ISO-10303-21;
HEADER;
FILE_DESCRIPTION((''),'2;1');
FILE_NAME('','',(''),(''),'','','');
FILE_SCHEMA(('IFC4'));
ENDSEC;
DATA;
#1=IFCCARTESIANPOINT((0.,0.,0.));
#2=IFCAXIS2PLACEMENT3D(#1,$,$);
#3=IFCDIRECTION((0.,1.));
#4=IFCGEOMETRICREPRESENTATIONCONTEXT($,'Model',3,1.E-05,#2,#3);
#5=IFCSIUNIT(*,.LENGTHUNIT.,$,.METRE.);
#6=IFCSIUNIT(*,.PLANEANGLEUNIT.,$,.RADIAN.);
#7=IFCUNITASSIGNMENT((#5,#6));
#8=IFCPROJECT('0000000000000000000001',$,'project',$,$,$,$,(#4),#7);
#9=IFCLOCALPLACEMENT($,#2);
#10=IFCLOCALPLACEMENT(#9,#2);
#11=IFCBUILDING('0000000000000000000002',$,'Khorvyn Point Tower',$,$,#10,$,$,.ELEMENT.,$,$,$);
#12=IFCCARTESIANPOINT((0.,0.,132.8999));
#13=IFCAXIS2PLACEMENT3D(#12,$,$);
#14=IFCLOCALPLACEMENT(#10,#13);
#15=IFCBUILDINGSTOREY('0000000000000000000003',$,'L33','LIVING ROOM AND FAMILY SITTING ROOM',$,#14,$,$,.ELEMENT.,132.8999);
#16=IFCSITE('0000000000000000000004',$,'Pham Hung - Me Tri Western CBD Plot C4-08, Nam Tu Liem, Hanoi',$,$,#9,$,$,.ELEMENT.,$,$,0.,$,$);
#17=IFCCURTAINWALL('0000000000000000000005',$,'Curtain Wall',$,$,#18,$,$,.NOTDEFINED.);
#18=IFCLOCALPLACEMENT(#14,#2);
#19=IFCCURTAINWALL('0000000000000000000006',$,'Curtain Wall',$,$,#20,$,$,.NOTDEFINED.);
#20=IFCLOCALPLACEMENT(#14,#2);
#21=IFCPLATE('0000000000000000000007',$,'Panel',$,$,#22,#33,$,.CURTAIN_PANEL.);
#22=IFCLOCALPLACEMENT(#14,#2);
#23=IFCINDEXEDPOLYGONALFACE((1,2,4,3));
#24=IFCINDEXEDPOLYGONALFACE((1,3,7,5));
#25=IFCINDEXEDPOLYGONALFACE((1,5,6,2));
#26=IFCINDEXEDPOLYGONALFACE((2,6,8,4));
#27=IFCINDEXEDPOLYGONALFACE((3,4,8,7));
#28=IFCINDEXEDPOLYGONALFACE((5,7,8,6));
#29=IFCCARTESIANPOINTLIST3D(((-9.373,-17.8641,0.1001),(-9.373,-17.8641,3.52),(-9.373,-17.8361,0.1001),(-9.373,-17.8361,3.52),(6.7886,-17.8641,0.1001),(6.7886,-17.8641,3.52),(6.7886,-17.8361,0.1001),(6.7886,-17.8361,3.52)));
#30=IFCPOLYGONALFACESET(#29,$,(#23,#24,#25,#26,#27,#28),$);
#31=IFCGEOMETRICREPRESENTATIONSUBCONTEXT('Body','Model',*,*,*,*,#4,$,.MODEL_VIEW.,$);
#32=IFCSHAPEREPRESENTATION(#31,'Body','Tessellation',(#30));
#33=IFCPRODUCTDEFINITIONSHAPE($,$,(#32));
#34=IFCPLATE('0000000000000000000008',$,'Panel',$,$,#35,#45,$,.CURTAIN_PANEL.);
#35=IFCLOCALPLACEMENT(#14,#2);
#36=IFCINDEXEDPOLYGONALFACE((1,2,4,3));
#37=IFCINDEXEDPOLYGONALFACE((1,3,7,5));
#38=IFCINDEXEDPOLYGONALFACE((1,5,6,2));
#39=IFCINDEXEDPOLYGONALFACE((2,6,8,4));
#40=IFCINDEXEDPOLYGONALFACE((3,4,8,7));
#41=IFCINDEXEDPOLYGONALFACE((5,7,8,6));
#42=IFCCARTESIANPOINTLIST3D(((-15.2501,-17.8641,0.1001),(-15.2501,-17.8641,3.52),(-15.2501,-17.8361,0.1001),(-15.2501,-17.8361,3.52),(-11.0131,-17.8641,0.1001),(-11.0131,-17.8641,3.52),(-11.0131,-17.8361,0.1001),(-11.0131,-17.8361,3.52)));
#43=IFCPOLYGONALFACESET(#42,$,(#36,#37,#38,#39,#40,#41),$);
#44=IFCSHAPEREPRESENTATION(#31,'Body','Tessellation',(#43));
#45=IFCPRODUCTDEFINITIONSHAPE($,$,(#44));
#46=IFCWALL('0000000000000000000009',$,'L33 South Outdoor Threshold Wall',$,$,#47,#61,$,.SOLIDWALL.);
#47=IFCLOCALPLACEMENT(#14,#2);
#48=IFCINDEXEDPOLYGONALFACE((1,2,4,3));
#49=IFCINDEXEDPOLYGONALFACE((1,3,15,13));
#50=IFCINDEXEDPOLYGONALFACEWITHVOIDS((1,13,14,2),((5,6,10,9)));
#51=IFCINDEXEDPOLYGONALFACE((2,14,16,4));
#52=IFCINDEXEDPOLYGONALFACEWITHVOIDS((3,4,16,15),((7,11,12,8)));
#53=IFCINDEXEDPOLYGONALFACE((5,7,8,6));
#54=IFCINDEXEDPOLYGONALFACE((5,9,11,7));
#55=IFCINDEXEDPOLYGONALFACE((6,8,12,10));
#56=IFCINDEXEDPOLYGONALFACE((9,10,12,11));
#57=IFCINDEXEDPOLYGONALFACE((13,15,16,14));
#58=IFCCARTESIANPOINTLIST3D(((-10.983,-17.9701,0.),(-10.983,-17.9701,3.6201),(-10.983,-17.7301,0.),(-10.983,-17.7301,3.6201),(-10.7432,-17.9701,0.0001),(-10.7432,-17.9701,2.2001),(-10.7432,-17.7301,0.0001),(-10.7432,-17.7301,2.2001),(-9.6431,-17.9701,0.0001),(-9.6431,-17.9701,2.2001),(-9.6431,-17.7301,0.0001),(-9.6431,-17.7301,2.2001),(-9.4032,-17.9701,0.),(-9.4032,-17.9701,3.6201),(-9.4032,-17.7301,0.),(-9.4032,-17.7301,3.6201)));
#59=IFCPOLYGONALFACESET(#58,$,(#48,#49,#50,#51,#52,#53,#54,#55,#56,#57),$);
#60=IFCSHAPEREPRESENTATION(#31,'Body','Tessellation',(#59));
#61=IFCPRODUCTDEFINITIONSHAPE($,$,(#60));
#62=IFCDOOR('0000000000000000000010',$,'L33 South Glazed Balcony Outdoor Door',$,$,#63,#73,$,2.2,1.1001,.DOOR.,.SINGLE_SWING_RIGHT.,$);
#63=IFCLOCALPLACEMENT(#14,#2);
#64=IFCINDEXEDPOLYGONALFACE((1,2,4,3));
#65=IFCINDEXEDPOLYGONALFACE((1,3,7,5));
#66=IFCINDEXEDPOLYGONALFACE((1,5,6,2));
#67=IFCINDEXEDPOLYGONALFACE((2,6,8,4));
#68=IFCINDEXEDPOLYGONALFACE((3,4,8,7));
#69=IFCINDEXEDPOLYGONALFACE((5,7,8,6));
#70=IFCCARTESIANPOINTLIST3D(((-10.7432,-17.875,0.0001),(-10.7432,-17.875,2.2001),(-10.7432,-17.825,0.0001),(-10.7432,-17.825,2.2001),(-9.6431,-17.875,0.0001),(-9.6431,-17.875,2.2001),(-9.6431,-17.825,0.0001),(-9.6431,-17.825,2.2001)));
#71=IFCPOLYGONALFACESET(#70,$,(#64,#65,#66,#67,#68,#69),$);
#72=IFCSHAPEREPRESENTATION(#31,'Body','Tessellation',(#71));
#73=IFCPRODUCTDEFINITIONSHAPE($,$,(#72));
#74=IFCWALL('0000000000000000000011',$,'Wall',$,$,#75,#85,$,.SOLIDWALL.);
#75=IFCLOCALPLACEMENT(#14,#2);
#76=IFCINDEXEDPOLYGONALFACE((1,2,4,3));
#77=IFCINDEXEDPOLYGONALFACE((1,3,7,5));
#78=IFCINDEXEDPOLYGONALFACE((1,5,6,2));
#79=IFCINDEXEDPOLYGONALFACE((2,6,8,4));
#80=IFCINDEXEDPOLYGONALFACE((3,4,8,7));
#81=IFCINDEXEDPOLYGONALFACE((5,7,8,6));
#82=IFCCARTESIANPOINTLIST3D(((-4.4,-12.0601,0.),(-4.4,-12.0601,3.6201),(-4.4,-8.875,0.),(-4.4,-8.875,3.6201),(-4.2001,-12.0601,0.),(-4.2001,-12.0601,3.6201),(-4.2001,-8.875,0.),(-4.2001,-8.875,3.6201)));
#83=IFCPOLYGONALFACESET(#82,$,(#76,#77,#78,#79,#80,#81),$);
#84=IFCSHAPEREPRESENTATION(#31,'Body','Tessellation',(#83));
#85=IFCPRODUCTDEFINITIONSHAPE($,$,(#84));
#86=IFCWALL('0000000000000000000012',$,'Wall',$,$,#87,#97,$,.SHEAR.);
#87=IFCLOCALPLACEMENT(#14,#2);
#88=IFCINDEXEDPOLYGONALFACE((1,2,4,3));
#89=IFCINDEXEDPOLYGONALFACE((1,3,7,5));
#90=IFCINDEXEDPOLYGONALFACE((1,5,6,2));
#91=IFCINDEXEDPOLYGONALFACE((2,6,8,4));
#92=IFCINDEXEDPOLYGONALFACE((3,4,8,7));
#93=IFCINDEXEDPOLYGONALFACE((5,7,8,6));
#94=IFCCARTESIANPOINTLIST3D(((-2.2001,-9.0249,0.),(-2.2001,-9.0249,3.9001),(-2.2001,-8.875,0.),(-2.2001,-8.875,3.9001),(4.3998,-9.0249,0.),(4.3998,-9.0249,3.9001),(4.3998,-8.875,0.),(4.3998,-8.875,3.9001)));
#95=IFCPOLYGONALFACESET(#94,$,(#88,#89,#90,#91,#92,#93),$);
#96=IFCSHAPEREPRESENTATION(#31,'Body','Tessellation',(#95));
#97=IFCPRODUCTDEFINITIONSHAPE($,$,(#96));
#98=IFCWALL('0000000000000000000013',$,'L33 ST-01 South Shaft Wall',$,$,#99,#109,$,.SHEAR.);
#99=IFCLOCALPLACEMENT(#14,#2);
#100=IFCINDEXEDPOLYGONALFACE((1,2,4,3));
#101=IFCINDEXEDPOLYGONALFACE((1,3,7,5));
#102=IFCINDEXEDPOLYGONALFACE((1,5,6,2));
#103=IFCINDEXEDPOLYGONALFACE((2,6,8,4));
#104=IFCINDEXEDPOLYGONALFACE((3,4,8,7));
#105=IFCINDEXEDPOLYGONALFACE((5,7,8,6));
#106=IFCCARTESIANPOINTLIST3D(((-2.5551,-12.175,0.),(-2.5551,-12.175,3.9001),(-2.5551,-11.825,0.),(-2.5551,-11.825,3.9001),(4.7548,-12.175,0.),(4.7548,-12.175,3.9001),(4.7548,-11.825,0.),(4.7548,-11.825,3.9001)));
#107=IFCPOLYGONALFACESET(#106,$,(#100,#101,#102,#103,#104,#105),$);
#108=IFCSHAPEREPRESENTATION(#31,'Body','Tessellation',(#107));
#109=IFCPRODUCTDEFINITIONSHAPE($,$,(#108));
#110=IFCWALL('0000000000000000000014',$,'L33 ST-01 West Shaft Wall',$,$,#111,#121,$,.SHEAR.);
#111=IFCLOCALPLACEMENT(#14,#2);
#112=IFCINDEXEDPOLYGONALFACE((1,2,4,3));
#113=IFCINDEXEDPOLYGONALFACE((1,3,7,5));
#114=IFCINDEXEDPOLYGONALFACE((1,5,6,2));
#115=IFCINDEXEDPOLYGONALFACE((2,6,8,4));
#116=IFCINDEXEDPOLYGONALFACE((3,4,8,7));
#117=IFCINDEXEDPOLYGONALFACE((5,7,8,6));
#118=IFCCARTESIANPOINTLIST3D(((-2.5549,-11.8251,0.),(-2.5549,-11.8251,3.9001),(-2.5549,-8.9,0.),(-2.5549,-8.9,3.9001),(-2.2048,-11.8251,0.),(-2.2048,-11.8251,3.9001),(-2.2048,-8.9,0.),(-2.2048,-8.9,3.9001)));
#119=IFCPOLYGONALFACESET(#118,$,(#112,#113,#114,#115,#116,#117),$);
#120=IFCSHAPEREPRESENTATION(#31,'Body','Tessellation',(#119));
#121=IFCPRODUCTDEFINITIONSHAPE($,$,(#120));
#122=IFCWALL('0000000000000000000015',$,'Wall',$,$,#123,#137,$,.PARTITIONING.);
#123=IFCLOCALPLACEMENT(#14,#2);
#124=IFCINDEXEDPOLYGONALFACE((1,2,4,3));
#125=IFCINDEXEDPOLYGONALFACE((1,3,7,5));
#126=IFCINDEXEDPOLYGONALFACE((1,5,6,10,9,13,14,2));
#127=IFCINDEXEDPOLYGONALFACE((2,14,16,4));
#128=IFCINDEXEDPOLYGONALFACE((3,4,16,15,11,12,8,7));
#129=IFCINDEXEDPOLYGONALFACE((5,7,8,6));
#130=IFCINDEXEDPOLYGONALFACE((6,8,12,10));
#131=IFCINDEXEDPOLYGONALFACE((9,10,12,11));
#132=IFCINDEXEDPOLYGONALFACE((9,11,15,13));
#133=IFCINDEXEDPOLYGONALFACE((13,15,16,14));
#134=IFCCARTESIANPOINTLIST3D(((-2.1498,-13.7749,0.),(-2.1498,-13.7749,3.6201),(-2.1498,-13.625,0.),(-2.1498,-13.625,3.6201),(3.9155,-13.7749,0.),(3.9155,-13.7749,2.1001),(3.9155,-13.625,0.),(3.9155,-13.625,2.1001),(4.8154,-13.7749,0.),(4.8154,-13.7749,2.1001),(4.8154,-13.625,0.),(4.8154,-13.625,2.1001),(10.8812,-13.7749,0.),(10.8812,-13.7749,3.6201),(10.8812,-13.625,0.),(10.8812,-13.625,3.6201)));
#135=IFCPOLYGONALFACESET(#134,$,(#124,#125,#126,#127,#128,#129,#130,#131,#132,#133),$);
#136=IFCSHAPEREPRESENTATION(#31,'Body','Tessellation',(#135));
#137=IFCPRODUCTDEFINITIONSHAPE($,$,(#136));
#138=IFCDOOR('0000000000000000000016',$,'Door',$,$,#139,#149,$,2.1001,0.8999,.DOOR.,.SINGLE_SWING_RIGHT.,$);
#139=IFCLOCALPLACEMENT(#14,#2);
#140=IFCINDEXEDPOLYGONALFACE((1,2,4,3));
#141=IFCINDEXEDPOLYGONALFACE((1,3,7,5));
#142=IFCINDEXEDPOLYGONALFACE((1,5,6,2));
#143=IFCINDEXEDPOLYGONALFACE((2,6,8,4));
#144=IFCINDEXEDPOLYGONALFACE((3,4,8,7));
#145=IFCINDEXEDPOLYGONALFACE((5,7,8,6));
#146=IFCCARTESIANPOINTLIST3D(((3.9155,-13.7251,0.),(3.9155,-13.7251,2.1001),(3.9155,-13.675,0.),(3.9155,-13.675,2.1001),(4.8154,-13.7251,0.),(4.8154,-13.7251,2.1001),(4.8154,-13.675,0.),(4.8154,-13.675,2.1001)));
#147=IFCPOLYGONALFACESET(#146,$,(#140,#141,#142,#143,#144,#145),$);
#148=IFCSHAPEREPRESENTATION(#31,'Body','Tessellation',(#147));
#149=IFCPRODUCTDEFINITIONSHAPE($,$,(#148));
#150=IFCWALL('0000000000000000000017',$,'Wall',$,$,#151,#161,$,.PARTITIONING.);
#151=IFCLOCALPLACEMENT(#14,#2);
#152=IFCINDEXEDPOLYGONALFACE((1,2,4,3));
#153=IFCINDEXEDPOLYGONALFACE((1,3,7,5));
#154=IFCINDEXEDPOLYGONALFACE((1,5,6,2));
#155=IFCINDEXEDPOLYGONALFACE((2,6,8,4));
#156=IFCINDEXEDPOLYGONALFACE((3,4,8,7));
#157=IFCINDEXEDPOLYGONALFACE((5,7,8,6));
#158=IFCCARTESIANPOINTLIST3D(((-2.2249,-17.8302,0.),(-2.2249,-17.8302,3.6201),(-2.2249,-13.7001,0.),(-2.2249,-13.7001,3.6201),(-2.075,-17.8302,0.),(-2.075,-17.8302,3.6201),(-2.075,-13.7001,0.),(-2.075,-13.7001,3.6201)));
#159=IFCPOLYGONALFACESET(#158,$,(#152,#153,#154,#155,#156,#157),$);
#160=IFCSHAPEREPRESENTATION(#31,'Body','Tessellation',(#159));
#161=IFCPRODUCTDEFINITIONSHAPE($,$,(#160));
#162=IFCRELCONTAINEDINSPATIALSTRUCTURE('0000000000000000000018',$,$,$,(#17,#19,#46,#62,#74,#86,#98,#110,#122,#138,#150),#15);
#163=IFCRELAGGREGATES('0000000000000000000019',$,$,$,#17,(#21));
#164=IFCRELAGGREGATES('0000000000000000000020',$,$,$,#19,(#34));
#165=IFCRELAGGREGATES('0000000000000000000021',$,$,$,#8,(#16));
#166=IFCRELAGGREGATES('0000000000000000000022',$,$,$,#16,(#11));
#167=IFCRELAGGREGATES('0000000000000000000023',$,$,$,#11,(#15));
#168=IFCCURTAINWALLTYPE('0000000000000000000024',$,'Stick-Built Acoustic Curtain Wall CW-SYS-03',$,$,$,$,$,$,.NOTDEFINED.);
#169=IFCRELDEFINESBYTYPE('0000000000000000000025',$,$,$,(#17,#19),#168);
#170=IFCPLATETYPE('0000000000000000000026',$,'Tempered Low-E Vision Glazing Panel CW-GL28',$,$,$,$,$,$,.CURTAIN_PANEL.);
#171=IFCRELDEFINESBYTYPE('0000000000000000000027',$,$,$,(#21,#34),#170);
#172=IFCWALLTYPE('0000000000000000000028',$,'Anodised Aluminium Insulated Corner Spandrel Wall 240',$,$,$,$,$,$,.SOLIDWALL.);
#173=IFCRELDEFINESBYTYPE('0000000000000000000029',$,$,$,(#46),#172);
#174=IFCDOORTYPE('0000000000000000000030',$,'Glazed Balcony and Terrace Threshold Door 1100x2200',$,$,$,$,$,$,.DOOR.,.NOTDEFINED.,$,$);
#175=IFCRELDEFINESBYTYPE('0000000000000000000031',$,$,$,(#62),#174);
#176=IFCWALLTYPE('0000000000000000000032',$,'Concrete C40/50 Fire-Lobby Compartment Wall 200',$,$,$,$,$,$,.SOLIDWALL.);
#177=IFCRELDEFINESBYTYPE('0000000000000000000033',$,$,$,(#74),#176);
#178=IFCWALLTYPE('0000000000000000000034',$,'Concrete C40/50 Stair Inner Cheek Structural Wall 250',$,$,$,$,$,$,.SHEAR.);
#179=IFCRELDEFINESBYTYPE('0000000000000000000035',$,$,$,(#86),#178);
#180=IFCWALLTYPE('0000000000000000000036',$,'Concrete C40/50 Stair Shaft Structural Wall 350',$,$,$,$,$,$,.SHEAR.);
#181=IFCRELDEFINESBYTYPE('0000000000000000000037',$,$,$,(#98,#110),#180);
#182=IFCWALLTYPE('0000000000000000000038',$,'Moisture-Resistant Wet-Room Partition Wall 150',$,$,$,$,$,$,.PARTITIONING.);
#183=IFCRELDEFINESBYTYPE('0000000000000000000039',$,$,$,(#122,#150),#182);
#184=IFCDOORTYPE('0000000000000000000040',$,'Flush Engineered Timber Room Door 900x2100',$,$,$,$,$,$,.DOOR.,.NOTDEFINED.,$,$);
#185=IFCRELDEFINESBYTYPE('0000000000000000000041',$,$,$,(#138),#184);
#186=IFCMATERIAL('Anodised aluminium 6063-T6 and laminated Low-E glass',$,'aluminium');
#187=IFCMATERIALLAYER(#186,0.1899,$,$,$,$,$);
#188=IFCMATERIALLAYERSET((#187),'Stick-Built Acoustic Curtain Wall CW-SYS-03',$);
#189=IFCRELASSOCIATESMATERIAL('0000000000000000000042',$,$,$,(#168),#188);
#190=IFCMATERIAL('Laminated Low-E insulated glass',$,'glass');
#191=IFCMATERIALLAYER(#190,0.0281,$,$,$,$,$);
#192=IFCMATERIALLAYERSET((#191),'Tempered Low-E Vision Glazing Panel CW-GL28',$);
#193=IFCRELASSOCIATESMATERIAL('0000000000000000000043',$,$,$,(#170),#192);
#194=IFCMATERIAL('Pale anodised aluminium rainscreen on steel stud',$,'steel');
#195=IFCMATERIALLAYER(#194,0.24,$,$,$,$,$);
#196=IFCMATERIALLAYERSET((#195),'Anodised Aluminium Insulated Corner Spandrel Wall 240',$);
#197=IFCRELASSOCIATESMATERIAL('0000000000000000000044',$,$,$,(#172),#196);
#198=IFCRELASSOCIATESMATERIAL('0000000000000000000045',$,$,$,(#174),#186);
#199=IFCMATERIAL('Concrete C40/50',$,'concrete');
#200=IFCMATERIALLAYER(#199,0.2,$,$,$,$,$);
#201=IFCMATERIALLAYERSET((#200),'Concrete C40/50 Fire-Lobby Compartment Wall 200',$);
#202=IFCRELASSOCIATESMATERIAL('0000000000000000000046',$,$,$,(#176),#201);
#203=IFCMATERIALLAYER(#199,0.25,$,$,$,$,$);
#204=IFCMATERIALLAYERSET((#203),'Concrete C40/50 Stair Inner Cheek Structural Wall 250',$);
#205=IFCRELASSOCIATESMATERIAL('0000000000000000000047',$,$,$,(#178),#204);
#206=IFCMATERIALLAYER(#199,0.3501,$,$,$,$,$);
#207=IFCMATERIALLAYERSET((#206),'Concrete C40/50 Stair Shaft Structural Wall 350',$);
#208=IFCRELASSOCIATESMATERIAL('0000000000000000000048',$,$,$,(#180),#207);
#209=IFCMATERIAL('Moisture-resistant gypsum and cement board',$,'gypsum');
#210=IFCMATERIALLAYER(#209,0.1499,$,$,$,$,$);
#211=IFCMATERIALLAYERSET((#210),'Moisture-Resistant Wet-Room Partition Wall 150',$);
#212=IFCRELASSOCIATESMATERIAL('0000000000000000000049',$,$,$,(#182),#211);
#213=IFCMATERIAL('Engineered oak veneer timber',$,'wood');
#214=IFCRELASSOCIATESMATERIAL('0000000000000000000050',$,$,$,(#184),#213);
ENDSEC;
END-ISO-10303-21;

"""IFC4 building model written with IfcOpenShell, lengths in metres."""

from ifc_helpers import new_model, si_unit, direction, frame, frame_2d, origin, origin_2d, place, context, subcontext, project, spatial, rectangle, extrude, material, layer, layer_set, type_object, element, fill, aggregate, save


model = new_model("IFC4")

# Units and contexts
model_context = context("Model", 3, precision=1e-05, world=origin(), true_north=direction((0.0, 1.0)))
body_context = subcontext(model_context, "Body", "Model", "MODEL_VIEW")
ifc_project = project(units=[si_unit("LENGTHUNIT", "METRE"), si_unit("PLANEANGLEUNIT", "RADIAN")], contexts=[model_context])

# Site, building, storey
site_placement = place(None, origin())
site = spatial("IfcSite", under=ifc_project, at=site_placement, Name="Pham Hung - Me Tri Western CBD Plot C4-08, Nam Tu Liem, Hanoi", CompositionType="ELEMENT", RefElevation=0.0)
building_placement = place(site_placement, origin())
building = spatial("IfcBuilding", under=site, at=building_placement, Name="Khorvyn Point Tower", CompositionType="ELEMENT")
storey_placement = place(building_placement, frame((0.0, 0.0, 132.8999)))
storey = spatial("IfcBuildingStorey", under=building, at=storey_placement, Name="L33", Description="LIVING ROOM AND FAMILY SITTING ROOM", CompositionType="ELEMENT", Elevation=132.8999)

# Curtain wall
ifc_material_1 = material(Name="Anodised aluminium 6063-T6 and laminated Low-E glass", Category="aluminium")
ifc_layer_1 = layer(ifc_material_1, 0.1899)
ifc_layer_set_1 = layer_set([ifc_layer_1], Name="Stick-Built Acoustic Curtain Wall CW-SYS-03")
curtain_wall_type = type_object("IfcCurtainWallType", Name="Stick-Built Acoustic Curtain Wall CW-SYS-03", PredefinedType="NOTDEFINED", material=ifc_layer_set_1)
curtain_wall_1_placement = place(storey_placement, origin())
curtain_wall_1 = element("IfcCurtainWall", 1, at=curtain_wall_1_placement, inside=storey, type_object=curtain_wall_type, Name="Curtain Wall", PredefinedType="NOTDEFINED")

# Curtain wall
curtain_wall_2_placement = place(storey_placement, origin())
curtain_wall_2 = element("IfcCurtainWall", 2, at=curtain_wall_2_placement, inside=storey, type_object=curtain_wall_type, Name="Curtain Wall", PredefinedType="NOTDEFINED")

# Plates
ifc_material_2 = material(Name="Laminated Low-E insulated glass", Category="glass")
ifc_layer_2 = layer(ifc_material_2, 0.0281)
ifc_layer_set_2 = layer_set([ifc_layer_2], Name="Tempered Low-E Vision Glazing Panel CW-GL28")
plate_type = type_object("IfcPlateType", Name="Tempered Low-E Vision Glazing Panel CW-GL28", PredefinedType="CURTAIN_PANEL", material=ifc_layer_set_2)
plate_1_placement = place(storey_placement, frame((-1.2922, -17.8501, 0.1001), z_axis=(0.0, 0.0, 1.0), x_axis=(-1.0, 0.0, 0.0)))
plate_1 = element("IfcPlate", 3, at=plate_1_placement, type_object=plate_type, Name="Panel", PredefinedType="CURTAIN_PANEL", context=body_context, shape_type="SweptSolid", body=[
    extrude(rectangle(XDim=16.1616, YDim=0.0281, at=origin_2d()), origin(), (0.0, 0.0, 1.0), 3.4199),
])
aggregate(curtain_wall_1, [plate_1])
plate_2_placement = place(storey_placement, frame((-13.1316, -17.8501, 0.1001), z_axis=(0.0, 0.0, 1.0), x_axis=(-1.0, 0.0, 0.0)))
plate_2 = element("IfcPlate", 4, at=plate_2_placement, type_object=plate_type, Name="Panel", PredefinedType="CURTAIN_PANEL", context=body_context, shape_type="SweptSolid", body=[
    extrude(rectangle(XDim=4.2371, YDim=0.0281, at=origin_2d()), origin(), (0.0, 0.0, 1.0), 3.4199),
])
aggregate(curtain_wall_2, [plate_2])

# Wall, opening, door
ifc_material_3 = material(Name="Pale anodised aluminium rainscreen on steel stud", Category="steel")
ifc_layer_3 = layer(ifc_material_3, 0.24)
ifc_layer_set_3 = layer_set([ifc_layer_3], Name="Anodised Aluminium Insulated Corner Spandrel Wall 240")
wall_type_1 = type_object("IfcWallType", Name="Anodised Aluminium Insulated Corner Spandrel Wall 240", PredefinedType="SOLIDWALL", material=ifc_layer_set_3)
wall_1_placement = place(storey_placement, frame((-9.4031, -17.8501, 0.0), z_axis=(0.0, 0.0, 1.0), x_axis=(-1.0, 0.0, 0.0)))
wall_1 = element("IfcWall", 5, at=wall_1_placement, inside=storey, type_object=wall_type_1, Name="L33 South Outdoor Threshold Wall", PredefinedType="SOLIDWALL", context=body_context, shape_type="SweptSolid", body=[
    extrude(rectangle(XDim=1.5798, YDim=0.24, at=frame_2d((0.79, 0.0))), origin(), (0.0, 0.0, 1.0), 3.6201),
])
opening_1_placement = place(wall_1_placement, frame((0.24, 0.0, 0.0)))
opening_1 = element("IfcOpeningElement", 6, at=opening_1_placement, cuts=wall_1, PredefinedType="OPENING", context=body_context, shape_type="SweptSolid", body=[
    extrude(rectangle(XDim=1.1001, YDim=2.2, at=frame_2d((0.55, 1.1001))), frame((0.0, 0.1299, 0.0), z_axis=(0.0, -1.0, 0.0), x_axis=(1.0, 0.0, 0.0)), (0.0, 0.0, 1.0), 0.26),
])
door_type_1 = type_object("IfcDoorType", Name="Glazed Balcony and Terrace Threshold Door 1100x2200", OperationType="NOTDEFINED", PredefinedType="DOOR", material=ifc_material_1)
door_1_placement = place(opening_1_placement, origin())
door_1 = element("IfcDoor", 7, at=door_1_placement, inside=storey, type_object=door_type_1, Name="L33 South Glazed Balcony Outdoor Door", OperationType="SINGLE_SWING_RIGHT", OverallHeight=2.2, OverallWidth=1.1001, PredefinedType="DOOR", context=body_context, shape_type="SweptSolid", body=[
    extrude(rectangle(XDim=1.1001, YDim=2.2, at=frame_2d((0.55, 1.1001))), frame((0.0, 0.0249, 0.0), z_axis=(0.0, -1.0, 0.0), x_axis=(1.0, 0.0, 0.0)), (0.0, 0.0, 1.0), 0.05),
])
fill(opening_1, door_1)
ifc_material_4 = material(Name="Concrete C40/50", Category="concrete")
ifc_layer_4 = layer(ifc_material_4, 0.2)
ifc_layer_set_4 = layer_set([ifc_layer_4], Name="Concrete C40/50 Fire-Lobby Compartment Wall 200")
wall_type_2 = type_object("IfcWallType", Name="Concrete C40/50 Fire-Lobby Compartment Wall 200", PredefinedType="SOLIDWALL", material=ifc_layer_set_4)

# Walls
wall_2_placement = place(storey_placement, frame((-4.3, -12.0601, 0.0), z_axis=(0.0, 0.0, 1.0), x_axis=(0.0, 1.0, 0.0)))
element("IfcWall", 8, at=wall_2_placement, inside=storey, type_object=wall_type_2, Name="Wall", PredefinedType="SOLIDWALL", context=body_context, shape_type="SweptSolid", body=[
    extrude(rectangle(XDim=3.1851, YDim=0.2, at=frame_2d((1.5925, 0.0))), origin(), (0.0, 0.0, 1.0), 3.6201),
])
ifc_layer_5 = layer(ifc_material_4, 0.25)
ifc_layer_set_5 = layer_set([ifc_layer_5], Name="Concrete C40/50 Stair Inner Cheek Structural Wall 250")
wall_type_3 = type_object("IfcWallType", Name="Concrete C40/50 Stair Inner Cheek Structural Wall 250", PredefinedType="SHEAR", material=ifc_layer_set_5)
wall_3_placement = place(storey_placement, frame((-2.2, -8.95, 0.0), z_axis=(0.0, 0.0, 1.0), x_axis=(1.0, 0.0, 0.0)))
element("IfcWall", 9, at=wall_3_placement, inside=storey, type_object=wall_type_3, Name="Wall", PredefinedType="SHEAR", context=body_context, shape_type="SweptSolid", body=[
    extrude(rectangle(XDim=6.5999, YDim=0.1499, at=frame_2d((3.2998, 0.0))), origin(), (0.0, 0.0, 1.0), 3.9001),
])
ifc_layer_6 = layer(ifc_material_4, 0.3501)
ifc_layer_set_6 = layer_set([ifc_layer_6], Name="Concrete C40/50 Stair Shaft Structural Wall 350")
wall_type_4 = type_object("IfcWallType", Name="Concrete C40/50 Stair Shaft Structural Wall 350", PredefinedType="SHEAR", material=ifc_layer_set_6)
wall_4_placement = place(storey_placement, frame((-2.5549, -12.0, 0.0), z_axis=(0.0, 0.0, 1.0), x_axis=(1.0, 0.0, 0.0)))
element("IfcWall", 10, at=wall_4_placement, inside=storey, type_object=wall_type_4, Name="L33 ST-01 South Shaft Wall", PredefinedType="SHEAR", context=body_context, shape_type="SweptSolid", body=[
    extrude(rectangle(XDim=7.3098, YDim=0.3501, at=frame_2d((3.6548, 0.0))), origin(), (0.0, 0.0, 1.0), 3.9001),
])
wall_5_placement = place(storey_placement, frame((-2.3799, -11.825, 0.0), z_axis=(0.0, 0.0, 1.0), x_axis=(0.0, 1.0, 0.0)))
element("IfcWall", 11, at=wall_5_placement, inside=storey, type_object=wall_type_4, Name="L33 ST-01 West Shaft Wall", PredefinedType="SHEAR", context=body_context, shape_type="SweptSolid", body=[
    extrude(rectangle(XDim=2.925, YDim=0.3501, at=frame_2d((1.4624, 0.0))), origin(), (0.0, 0.0, 1.0), 3.9001),
])

# Wall, opening, door
ifc_material_5 = material(Name="Moisture-resistant gypsum and cement board", Category="gypsum")
ifc_layer_7 = layer(ifc_material_5, 0.1499)
ifc_layer_set_7 = layer_set([ifc_layer_7], Name="Moisture-Resistant Wet-Room Partition Wall 150")
wall_type_5 = type_object("IfcWallType", Name="Moisture-Resistant Wet-Room Partition Wall 150", PredefinedType="PARTITIONING", material=ifc_layer_set_7)
wall_6_placement = place(storey_placement, frame((-2.1499, -13.7, 0.0), z_axis=(0.0, 0.0, 1.0), x_axis=(1.0, 0.0, 0.0)))
wall_6 = element("IfcWall", 12, at=wall_6_placement, inside=storey, type_object=wall_type_5, Name="Wall", PredefinedType="PARTITIONING", context=body_context, shape_type="SweptSolid", body=[
    extrude(rectangle(XDim=13.031, YDim=0.1499, at=frame_2d((6.5156, 0.0))), origin(), (0.0, 0.0, 1.0), 3.6201),
])
opening_2_placement = place(wall_6_placement, frame((6.0654, 0.0, 0.0)))
opening_2 = element("IfcOpeningElement", 13, at=opening_2_placement, cuts=wall_6, PredefinedType="OPENING", context=body_context, shape_type="SweptSolid", body=[
    extrude(rectangle(XDim=0.8999, YDim=2.1001, at=frame_2d((0.45, 1.05))), frame((0.0, 0.085, 0.0), z_axis=(0.0, -1.0, 0.0), x_axis=(1.0, 0.0, 0.0)), (0.0, 0.0, 1.0), 0.1699),
])
ifc_material_6 = material(Name="Engineered oak veneer timber", Category="wood")
door_type_2 = type_object("IfcDoorType", Name="Flush Engineered Timber Room Door 900x2100", OperationType="NOTDEFINED", PredefinedType="DOOR", material=ifc_material_6)
door_2_placement = place(opening_2_placement, origin())
door_2 = element("IfcDoor", 14, at=door_2_placement, inside=storey, type_object=door_type_2, Name="Door", OperationType="SINGLE_SWING_RIGHT", OverallHeight=2.1001, OverallWidth=0.8999, PredefinedType="DOOR", context=body_context, shape_type="SweptSolid", body=[
    extrude(rectangle(XDim=0.8999, YDim=2.1001, at=frame_2d((0.45, 1.05))), frame((0.0, 0.0249, 0.0), z_axis=(0.0, -1.0, 0.0), x_axis=(1.0, 0.0, 0.0)), (0.0, 0.0, 1.0), 0.05),
])
fill(opening_2, door_2)

# Wall
wall_7_placement = place(storey_placement, frame((-2.1499, -17.8301, 0.0), z_axis=(0.0, 0.0, 1.0), x_axis=(0.0, 1.0, 0.0)))
element("IfcWall", 15, at=wall_7_placement, inside=storey, type_object=wall_type_5, Name="Wall", PredefinedType="PARTITIONING", context=body_context, shape_type="SweptSolid", body=[
    extrude(rectangle(XDim=4.1301, YDim=0.1499, at=frame_2d((2.0649, 0.0))), origin(), (0.0, 0.0, 1.0), 3.6201),
])

save(model, "model.ifc")
